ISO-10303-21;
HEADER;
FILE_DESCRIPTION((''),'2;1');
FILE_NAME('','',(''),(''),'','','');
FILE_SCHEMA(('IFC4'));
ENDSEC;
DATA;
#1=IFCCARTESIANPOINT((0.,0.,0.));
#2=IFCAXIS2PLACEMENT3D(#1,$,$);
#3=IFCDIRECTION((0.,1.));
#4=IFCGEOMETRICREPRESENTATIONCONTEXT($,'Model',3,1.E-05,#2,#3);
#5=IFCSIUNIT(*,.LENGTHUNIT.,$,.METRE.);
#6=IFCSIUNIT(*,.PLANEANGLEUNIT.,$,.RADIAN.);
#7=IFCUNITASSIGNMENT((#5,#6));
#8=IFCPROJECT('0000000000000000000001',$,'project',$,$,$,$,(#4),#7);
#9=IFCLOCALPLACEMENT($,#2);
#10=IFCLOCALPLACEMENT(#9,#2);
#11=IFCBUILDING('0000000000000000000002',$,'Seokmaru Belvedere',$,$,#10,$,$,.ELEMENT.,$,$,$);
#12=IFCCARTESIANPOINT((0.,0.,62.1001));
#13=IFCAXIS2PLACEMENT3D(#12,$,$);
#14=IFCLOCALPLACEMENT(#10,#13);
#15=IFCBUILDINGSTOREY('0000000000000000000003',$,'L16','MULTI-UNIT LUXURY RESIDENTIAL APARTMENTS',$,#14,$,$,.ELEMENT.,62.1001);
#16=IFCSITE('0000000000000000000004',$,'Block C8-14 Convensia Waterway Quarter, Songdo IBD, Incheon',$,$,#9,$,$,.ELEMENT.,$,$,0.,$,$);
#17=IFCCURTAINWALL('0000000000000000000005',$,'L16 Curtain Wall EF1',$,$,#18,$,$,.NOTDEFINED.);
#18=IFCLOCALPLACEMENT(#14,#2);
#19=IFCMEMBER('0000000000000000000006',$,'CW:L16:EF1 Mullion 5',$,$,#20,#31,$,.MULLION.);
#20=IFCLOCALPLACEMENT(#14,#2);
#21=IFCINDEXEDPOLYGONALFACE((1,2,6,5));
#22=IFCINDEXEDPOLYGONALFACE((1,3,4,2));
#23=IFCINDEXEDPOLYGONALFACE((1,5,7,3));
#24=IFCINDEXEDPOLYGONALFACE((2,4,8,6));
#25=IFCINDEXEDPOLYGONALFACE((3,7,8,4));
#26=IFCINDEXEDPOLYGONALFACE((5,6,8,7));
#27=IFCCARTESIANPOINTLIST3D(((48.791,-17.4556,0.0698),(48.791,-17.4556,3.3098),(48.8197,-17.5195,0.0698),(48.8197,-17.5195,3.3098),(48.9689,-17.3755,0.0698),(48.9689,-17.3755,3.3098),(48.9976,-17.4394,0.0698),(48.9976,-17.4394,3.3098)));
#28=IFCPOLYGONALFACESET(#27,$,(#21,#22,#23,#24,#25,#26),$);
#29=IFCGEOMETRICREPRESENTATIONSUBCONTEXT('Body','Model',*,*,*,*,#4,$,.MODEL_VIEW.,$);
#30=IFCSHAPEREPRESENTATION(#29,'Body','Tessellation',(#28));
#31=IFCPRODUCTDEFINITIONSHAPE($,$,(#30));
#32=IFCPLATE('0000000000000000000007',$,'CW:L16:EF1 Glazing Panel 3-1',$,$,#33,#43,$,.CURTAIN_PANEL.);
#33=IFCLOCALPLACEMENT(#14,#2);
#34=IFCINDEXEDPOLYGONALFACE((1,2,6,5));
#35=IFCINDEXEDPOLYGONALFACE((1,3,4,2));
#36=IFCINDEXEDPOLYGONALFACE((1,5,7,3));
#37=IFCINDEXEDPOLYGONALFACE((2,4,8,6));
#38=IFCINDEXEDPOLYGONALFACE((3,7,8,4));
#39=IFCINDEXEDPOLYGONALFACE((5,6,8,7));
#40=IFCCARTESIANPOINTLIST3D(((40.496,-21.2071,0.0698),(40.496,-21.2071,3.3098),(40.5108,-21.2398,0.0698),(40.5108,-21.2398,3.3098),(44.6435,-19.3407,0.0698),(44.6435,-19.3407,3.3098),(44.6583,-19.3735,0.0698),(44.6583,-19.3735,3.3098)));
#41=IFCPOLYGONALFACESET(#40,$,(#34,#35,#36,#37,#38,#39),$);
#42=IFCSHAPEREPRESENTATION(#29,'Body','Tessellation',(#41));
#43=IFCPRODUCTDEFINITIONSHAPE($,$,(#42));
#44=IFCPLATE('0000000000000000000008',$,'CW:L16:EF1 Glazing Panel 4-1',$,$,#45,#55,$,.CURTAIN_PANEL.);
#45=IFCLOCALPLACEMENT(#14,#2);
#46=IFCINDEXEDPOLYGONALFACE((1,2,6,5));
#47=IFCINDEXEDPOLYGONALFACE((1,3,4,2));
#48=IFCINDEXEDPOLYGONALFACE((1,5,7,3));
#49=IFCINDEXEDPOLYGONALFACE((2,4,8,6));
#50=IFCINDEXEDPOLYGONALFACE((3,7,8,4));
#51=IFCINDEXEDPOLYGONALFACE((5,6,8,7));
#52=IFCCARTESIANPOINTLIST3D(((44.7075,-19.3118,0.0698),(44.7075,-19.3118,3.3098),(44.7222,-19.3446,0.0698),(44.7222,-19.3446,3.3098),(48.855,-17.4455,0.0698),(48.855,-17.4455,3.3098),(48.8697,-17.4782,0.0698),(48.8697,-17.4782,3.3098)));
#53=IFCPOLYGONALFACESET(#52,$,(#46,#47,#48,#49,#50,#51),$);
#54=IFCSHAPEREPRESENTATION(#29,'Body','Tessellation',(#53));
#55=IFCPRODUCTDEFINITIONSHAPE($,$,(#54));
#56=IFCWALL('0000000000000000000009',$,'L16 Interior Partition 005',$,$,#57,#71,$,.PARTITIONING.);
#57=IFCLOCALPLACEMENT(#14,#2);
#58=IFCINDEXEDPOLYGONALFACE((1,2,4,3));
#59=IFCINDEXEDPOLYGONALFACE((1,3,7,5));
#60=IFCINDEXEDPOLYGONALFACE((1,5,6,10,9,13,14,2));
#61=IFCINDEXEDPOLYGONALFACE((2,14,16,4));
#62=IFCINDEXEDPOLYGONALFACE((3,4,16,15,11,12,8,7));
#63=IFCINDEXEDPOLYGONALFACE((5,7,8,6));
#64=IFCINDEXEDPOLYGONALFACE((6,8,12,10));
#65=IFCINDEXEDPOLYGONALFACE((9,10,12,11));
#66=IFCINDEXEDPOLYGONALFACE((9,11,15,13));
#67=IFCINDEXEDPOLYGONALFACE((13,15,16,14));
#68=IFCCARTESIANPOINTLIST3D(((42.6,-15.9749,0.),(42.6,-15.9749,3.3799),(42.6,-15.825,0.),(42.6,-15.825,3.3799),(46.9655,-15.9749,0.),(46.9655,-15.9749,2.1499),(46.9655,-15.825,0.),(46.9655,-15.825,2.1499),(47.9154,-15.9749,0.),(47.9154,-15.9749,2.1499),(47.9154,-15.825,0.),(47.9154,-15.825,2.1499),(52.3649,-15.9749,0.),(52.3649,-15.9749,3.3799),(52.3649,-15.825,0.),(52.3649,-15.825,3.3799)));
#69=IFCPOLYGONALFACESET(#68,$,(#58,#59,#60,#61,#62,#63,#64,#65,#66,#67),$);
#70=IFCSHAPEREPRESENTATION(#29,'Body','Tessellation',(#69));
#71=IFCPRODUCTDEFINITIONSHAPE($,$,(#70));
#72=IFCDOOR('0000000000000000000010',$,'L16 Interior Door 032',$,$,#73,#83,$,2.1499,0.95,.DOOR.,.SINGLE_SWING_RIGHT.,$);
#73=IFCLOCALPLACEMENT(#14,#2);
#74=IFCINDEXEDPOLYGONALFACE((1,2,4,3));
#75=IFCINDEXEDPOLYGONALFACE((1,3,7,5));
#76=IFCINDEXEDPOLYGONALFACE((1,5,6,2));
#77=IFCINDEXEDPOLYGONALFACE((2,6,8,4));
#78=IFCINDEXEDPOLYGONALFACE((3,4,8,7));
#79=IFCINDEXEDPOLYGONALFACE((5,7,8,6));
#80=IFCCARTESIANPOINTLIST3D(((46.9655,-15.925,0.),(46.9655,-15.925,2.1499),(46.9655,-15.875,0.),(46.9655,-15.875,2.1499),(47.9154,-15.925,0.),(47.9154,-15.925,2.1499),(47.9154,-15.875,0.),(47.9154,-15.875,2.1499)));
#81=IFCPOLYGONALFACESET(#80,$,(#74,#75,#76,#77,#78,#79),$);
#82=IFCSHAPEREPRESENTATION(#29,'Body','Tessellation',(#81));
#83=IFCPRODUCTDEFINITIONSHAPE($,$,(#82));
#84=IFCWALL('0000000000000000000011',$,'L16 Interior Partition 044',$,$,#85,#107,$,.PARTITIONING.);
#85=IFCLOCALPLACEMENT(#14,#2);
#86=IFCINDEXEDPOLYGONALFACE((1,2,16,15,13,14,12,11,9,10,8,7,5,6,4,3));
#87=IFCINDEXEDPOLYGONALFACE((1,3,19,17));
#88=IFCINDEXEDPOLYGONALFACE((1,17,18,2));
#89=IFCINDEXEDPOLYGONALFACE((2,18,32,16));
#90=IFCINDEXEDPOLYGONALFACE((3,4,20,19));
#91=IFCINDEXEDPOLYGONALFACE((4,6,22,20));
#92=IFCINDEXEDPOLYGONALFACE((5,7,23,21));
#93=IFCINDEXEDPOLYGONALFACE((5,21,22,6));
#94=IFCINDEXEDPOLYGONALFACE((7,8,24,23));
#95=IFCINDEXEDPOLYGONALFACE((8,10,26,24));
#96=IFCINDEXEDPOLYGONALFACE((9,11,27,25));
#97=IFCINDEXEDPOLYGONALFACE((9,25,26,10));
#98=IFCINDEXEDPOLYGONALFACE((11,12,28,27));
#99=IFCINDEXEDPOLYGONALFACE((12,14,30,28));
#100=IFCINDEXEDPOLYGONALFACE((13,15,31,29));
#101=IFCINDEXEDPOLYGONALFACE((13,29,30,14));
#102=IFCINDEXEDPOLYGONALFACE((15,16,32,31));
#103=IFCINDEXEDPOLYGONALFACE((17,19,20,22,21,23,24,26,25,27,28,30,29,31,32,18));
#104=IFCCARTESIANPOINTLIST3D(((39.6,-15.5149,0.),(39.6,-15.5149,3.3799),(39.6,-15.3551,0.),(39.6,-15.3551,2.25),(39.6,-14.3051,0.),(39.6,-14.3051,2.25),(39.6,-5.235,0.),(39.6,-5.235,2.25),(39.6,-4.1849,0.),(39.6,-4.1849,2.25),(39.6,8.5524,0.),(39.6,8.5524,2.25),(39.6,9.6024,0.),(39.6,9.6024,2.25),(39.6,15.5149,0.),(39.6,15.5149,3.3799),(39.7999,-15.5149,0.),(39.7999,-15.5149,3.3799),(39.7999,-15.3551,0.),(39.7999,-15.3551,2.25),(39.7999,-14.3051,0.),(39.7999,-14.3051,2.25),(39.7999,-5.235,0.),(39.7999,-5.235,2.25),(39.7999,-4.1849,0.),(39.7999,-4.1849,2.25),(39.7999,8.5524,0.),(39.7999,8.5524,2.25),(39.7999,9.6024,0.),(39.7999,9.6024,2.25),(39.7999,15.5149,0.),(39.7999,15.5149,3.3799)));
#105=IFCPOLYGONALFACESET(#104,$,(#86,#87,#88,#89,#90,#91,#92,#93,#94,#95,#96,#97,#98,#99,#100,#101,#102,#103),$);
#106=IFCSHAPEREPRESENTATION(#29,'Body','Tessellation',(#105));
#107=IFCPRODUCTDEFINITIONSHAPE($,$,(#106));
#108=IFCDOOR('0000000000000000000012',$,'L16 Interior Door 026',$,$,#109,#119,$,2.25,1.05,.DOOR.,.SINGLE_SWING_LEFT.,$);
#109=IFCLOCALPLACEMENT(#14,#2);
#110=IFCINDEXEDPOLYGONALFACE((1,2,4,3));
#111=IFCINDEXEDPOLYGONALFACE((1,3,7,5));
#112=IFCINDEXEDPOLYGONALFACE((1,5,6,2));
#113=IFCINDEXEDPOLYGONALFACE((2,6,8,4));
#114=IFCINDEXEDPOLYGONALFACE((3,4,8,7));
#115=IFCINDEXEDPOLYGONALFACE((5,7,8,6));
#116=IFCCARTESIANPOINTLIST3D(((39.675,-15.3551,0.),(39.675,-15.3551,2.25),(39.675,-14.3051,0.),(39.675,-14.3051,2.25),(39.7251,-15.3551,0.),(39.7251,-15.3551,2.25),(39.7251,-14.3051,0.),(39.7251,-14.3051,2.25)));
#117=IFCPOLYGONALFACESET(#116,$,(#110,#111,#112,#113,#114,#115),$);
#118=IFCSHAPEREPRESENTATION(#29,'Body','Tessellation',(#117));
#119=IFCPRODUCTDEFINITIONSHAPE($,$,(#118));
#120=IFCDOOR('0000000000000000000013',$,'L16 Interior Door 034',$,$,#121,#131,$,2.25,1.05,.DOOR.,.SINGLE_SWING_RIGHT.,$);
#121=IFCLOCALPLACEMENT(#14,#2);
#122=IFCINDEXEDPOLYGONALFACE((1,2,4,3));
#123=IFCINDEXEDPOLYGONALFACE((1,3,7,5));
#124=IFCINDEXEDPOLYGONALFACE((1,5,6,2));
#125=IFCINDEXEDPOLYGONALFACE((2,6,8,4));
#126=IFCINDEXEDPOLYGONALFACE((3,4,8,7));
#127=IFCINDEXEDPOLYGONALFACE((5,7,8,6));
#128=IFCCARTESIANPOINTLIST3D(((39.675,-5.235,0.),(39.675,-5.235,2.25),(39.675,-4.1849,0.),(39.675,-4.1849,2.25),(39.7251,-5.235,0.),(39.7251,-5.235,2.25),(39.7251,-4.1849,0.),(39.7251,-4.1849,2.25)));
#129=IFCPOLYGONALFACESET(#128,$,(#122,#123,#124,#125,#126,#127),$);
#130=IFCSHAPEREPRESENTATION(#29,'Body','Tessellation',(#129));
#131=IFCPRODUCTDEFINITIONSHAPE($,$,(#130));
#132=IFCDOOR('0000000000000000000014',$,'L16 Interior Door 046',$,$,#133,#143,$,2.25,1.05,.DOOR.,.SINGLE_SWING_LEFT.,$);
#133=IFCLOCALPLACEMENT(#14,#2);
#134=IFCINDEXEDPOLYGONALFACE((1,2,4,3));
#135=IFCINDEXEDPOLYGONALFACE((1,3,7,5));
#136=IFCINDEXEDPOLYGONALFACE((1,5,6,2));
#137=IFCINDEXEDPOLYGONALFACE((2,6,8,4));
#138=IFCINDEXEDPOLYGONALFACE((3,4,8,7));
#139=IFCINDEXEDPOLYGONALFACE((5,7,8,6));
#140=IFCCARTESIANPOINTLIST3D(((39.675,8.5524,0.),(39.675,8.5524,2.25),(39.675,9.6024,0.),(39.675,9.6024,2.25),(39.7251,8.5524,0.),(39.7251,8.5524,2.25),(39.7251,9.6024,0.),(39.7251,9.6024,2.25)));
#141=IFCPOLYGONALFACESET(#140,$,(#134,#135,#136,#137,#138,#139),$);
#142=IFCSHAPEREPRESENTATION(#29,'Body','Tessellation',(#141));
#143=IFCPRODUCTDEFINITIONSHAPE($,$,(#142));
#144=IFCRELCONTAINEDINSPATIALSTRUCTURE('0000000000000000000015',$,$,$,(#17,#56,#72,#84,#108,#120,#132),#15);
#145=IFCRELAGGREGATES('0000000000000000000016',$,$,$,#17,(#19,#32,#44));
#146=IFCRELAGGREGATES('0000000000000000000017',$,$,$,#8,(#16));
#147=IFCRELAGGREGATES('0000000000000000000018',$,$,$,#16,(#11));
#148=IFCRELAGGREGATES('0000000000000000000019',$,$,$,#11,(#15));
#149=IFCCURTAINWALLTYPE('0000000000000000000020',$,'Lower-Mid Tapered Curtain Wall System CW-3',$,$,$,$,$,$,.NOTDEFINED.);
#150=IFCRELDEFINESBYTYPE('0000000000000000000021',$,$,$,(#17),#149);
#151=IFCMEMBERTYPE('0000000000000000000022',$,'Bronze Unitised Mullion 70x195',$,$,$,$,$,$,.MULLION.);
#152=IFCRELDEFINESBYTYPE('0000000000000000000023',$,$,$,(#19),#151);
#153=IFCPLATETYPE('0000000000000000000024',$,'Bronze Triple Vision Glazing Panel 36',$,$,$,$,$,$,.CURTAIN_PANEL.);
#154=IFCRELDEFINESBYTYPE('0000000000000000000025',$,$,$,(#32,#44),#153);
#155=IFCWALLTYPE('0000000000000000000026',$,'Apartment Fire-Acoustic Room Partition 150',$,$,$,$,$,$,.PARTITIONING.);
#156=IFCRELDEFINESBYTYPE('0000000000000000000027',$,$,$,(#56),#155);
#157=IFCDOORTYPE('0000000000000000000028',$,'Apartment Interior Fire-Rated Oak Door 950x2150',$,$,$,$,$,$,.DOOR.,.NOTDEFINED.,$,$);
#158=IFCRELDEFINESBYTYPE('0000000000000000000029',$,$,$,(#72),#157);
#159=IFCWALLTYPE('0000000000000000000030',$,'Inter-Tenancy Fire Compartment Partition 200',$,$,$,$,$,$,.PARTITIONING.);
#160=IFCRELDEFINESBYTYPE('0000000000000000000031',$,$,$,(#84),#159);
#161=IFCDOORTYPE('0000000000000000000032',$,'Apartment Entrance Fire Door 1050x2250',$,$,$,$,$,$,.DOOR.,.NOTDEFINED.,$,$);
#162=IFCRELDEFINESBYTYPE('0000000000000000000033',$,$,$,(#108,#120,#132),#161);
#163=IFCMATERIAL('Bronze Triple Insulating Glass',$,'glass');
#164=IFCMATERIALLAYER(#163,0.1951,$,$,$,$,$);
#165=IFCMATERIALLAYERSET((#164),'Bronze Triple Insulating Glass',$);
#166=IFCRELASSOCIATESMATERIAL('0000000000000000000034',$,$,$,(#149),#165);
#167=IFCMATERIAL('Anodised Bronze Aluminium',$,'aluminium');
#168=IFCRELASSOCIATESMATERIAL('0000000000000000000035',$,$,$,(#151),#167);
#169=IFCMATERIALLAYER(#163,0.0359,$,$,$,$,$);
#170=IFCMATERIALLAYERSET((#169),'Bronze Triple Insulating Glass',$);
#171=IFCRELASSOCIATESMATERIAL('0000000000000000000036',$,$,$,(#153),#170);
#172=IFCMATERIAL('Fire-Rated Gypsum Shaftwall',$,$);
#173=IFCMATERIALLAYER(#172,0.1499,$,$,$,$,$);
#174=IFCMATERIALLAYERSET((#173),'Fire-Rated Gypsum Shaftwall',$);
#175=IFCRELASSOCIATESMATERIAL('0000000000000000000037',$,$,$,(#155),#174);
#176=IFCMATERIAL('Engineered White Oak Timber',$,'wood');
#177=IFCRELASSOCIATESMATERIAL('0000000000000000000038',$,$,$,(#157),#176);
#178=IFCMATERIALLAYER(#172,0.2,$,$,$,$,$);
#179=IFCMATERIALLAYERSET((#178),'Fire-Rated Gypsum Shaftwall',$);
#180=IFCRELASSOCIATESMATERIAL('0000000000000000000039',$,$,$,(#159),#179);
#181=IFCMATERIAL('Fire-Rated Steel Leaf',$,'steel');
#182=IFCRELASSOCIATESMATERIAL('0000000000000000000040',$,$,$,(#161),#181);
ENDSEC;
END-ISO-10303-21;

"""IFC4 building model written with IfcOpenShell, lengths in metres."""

from ifc_helpers import new_model, si_unit, direction, frame, frame_2d, origin, origin_2d, place, context, subcontext, project, spatial, rectangle, extrude, source, transform, mapped, material, layer, layer_set, material_profile, profile_set, type_object, type_shapes, element, fill, aggregate, save


model = new_model("IFC4")

# Units and contexts
model_context = context("Model", 3, precision=1e-05, world=origin(), true_north=direction((0.0, 1.0)))
body_context = subcontext(model_context, "Body", "Model", "MODEL_VIEW")
ifc_project = project(units=[si_unit("LENGTHUNIT", "METRE"), si_unit("PLANEANGLEUNIT", "RADIAN")], contexts=[model_context])

# Site, building, storey
site_placement = place(None, origin())
site = spatial("IfcSite", under=ifc_project, at=site_placement, Name="Block C8-14 Convensia Waterway Quarter, Songdo IBD, Incheon", CompositionType="ELEMENT", RefElevation=0.0)
building_placement = place(site_placement, origin())
building = spatial("IfcBuilding", under=site, at=building_placement, Name="Seokmaru Belvedere", CompositionType="ELEMENT")
storey_placement = place(building_placement, frame((0.0, 0.0, 62.1001)))
storey = spatial("IfcBuildingStorey", under=building, at=storey_placement, Name="L16", Description="MULTI-UNIT LUXURY RESIDENTIAL APARTMENTS", CompositionType="ELEMENT", Elevation=62.1001)

# Curtain wall, member, plates
ifc_material_1 = material(Name="Bronze Triple Insulating Glass", Category="glass")
ifc_layer_1 = layer(ifc_material_1, 0.1951)
ifc_layer_set_1 = layer_set([ifc_layer_1], Name="Bronze Triple Insulating Glass")
curtain_wall_type = type_object("IfcCurtainWallType", Name="Lower-Mid Tapered Curtain Wall System CW-3", PredefinedType="NOTDEFINED", material=ifc_layer_set_1)
curtain_wall_placement = place(storey_placement, origin())
curtain_wall = element("IfcCurtainWall", 1, at=curtain_wall_placement, inside=storey, type_object=curtain_wall_type, Name="L16 Curtain Wall EF1", PredefinedType="NOTDEFINED")
ifc_material_2 = material(Name="Anodised Bronze Aluminium", Category="aluminium")
ifc_material_profile_1 = material_profile(ifc_material_2, rectangle(XDim=0.0701, YDim=0.1951, at=origin_2d()), Name="CW-M-70x195")
ifc_profile_set_1 = profile_set([ifc_material_profile_1], Name="Anodised Bronze Aluminium")
member_type = type_object("IfcMemberType", Name="Bronze Unitised Mullion 70x195", PredefinedType="MULLION", material=ifc_profile_set_1)
shared_shape_1 = source(origin(), body_context, "Body", "SweptSolid", [
    extrude(rectangle(XDim=0.0701, YDim=0.1951, at=origin_2d()), origin(), (0.0, 0.0, 1.0), 3.24),
])
type_shapes(member_type, [shared_shape_1])
member_1_placement = place(storey_placement, frame((48.8943, -17.4475, 0.0698), z_axis=(0.0, 0.0, 1.0), x_axis=(-0.410366, 0.911921, 0.0)))
member_1 = element("IfcMember", 2, at=member_1_placement, type_object=member_type, Name="CW:L16:EF1 Mullion 5", PredefinedType="MULLION", context=body_context, shape_type="MappedRepresentation", body=[
    mapped(shared_shape_1, transform((0.0, 0.0, 0.0), scale=1.0)),
])
ifc_layer_2 = layer(ifc_material_1, 0.0359)
ifc_layer_set_2 = layer_set([ifc_layer_2], Name="Bronze Triple Insulating Glass")
plate_type = type_object("IfcPlateType", Name="Bronze Triple Vision Glazing Panel 36", PredefinedType="CURTAIN_PANEL", material=ifc_layer_set_2)
shared_shape_2 = source(origin(), body_context, "Body", "SweptSolid", [
    extrude(rectangle(XDim=4.5481, YDim=0.0359, at=origin_2d()), origin(), (0.0, 0.0, 1.0), 3.24),
])
type_shapes(plate_type, [shared_shape_2])
plate_1_placement = place(storey_placement, frame((42.5771, -20.2903, 0.0698), z_axis=(0.0, 0.0, 1.0), x_axis=(0.911921, 0.410366, 0.0)))
plate_1 = element("IfcPlate", 3, at=plate_1_placement, type_object=plate_type, Name="CW:L16:EF1 Glazing Panel 3-1", PredefinedType="CURTAIN_PANEL", context=body_context, shape_type="MappedRepresentation", body=[
    mapped(shared_shape_2, transform((0.0, 0.0, 0.0), scale=1.0)),
])
plate_2_placement = place(storey_placement, frame((46.7886, -18.395, 0.0698), z_axis=(0.0, 0.0, 1.0), x_axis=(0.911921, 0.410366, 0.0)))
plate_2 = element("IfcPlate", 4, at=plate_2_placement, type_object=plate_type, Name="CW:L16:EF1 Glazing Panel 4-1", PredefinedType="CURTAIN_PANEL", context=body_context, shape_type="MappedRepresentation", body=[
    mapped(shared_shape_2, transform((0.0, 0.0, 0.0), scale=1.0)),
])
aggregate(curtain_wall, [member_1, plate_1, plate_2])

# Wall, opening, door
ifc_material_3 = material(Name="Fire-Rated Gypsum Shaftwall")
ifc_layer_3 = layer(ifc_material_3, 0.1499)
ifc_layer_set_3 = layer_set([ifc_layer_3], Name="Fire-Rated Gypsum Shaftwall")
wall_type_1 = type_object("IfcWallType", Name="Apartment Fire-Acoustic Room Partition 150", PredefinedType="PARTITIONING", material=ifc_layer_set_3)
wall_1_placement = place(storey_placement, frame((42.6001, -15.8999, 0.0), z_axis=(0.0, 0.0, 1.0), x_axis=(1.0, 0.0, 0.0)))
wall_1 = element("IfcWall", 5, at=wall_1_placement, inside=storey, type_object=wall_type_1, Name="L16 Interior Partition 005", PredefinedType="PARTITIONING", context=body_context, shape_type="SweptSolid", body=[
    extrude(rectangle(XDim=9.7649, YDim=0.1499, at=frame_2d((4.8823, 0.0))), origin(), (0.0, 0.0, 1.0), 3.3799),
])
opening_1_placement = place(wall_1_placement, frame((4.3652, 0.0, 0.0)))
opening_1 = element("IfcOpeningElement", 6, at=opening_1_placement, cuts=wall_1, PredefinedType="OPENING", context=body_context, shape_type="SweptSolid", body=[
    extrude(rectangle(XDim=0.95, YDim=2.1499, at=frame_2d((0.4751, 1.075))), frame((0.0, 0.085, 0.0), z_axis=(0.0, -1.0, 0.0), x_axis=(1.0, 0.0, 0.0)), (0.0, 0.0, 1.0), 0.1699),
])
ifc_material_4 = material(Name="Engineered White Oak Timber", Category="wood")
door_type_1 = type_object("IfcDoorType", Name="Apartment Interior Fire-Rated Oak Door 950x2150", OperationType="NOTDEFINED", PredefinedType="DOOR", material=ifc_material_4)
shared_shape_3 = source(origin(), body_context, "Body", "SweptSolid", [
    extrude(rectangle(XDim=0.95, YDim=2.1499, at=frame_2d((0.4751, 1.075))), frame((0.0, 0.0249, 0.0), z_axis=(0.0, -1.0, 0.0), x_axis=(1.0, 0.0, 0.0)), (0.0, 0.0, 1.0), 0.05),
])
type_shapes(door_type_1, [shared_shape_3])
door_1_placement = place(opening_1_placement, origin())
door_1 = element("IfcDoor", 7, at=door_1_placement, inside=storey, type_object=door_type_1, Name="L16 Interior Door 032", OperationType="SINGLE_SWING_RIGHT", OverallHeight=2.1499, OverallWidth=0.95, PredefinedType="DOOR", context=body_context, shape_type="MappedRepresentation", body=[
    mapped(shared_shape_3, transform((0.0, 0.0, 0.0), scale=1.0)),
])
fill(opening_1, door_1)

# Wall, openings, doors
ifc_layer_4 = layer(ifc_material_3, 0.2)
ifc_layer_set_4 = layer_set([ifc_layer_4], Name="Fire-Rated Gypsum Shaftwall")
wall_type_2 = type_object("IfcWallType", Name="Inter-Tenancy Fire Compartment Partition 200", PredefinedType="PARTITIONING", material=ifc_layer_set_4)
wall_2_placement = place(storey_placement, frame((39.7, -15.5149, 0.0), z_axis=(0.0, 0.0, 1.0), x_axis=(0.0, 1.0, 0.0)))
wall_2 = element("IfcWall", 8, at=wall_2_placement, inside=storey, type_object=wall_type_2, Name="L16 Interior Partition 044", PredefinedType="PARTITIONING", context=body_context, shape_type="SweptSolid", body=[
    extrude(rectangle(XDim=31.0298, YDim=0.2, at=frame_2d((15.5149, 0.0))), origin(), (0.0, 0.0, 1.0), 3.3799),
])
opening_2_placement = place(wall_2_placement, frame((0.1599, 0.0, 0.0)))
opening_2 = element("IfcOpeningElement", 9, at=opening_2_placement, cuts=wall_2, PredefinedType="OPENING", context=body_context, shape_type="SweptSolid", body=[
    extrude(rectangle(XDim=1.05, YDim=2.25, at=frame_2d((0.5249, 1.125))), frame((0.0, 0.1099, 0.0), z_axis=(0.0, -1.0, 0.0), x_axis=(1.0, 0.0, 0.0)), (0.0, 0.0, 1.0), 0.22),
])
opening_3_placement = place(wall_2_placement, frame((10.28, 0.0, 0.0)))
opening_3 = element("IfcOpeningElement", 10, at=opening_3_placement, cuts=wall_2, PredefinedType="OPENING", context=body_context, shape_type="SweptSolid", body=[
    extrude(rectangle(XDim=1.05, YDim=2.25, at=frame_2d((0.5249, 1.125))), frame((0.0, 0.1099, 0.0), z_axis=(0.0, -1.0, 0.0), x_axis=(1.0, 0.0, 0.0)), (0.0, 0.0, 1.0), 0.22),
])
opening_4_placement = place(wall_2_placement, frame((24.0674, 0.0, 0.0)))
opening_4 = element("IfcOpeningElement", 11, at=opening_4_placement, cuts=wall_2, PredefinedType="OPENING", context=body_context, shape_type="SweptSolid", body=[
    extrude(rectangle(XDim=1.05, YDim=2.25, at=frame_2d((0.5249, 1.125))), frame((0.0, 0.1099, 0.0), z_axis=(0.0, -1.0, 0.0), x_axis=(1.0, 0.0, 0.0)), (0.0, 0.0, 1.0), 0.22),
])
ifc_material_5 = material(Name="Fire-Rated Steel Leaf", Category="steel")
door_type_2 = type_object("IfcDoorType", Name="Apartment Entrance Fire Door 1050x2250", OperationType="NOTDEFINED", PredefinedType="DOOR", material=ifc_material_5)
shared_shape_4 = source(origin(), body_context, "Body", "SweptSolid", [
    extrude(rectangle(XDim=1.05, YDim=2.25, at=frame_2d((0.5249, 1.125))), frame((0.0, 0.0249, 0.0), z_axis=(0.0, -1.0, 0.0), x_axis=(1.0, 0.0, 0.0)), (0.0, 0.0, 1.0), 0.05),
])
type_shapes(door_type_2, [shared_shape_4])
door_2_placement = place(opening_2_placement, origin())
door_2 = element("IfcDoor", 12, at=door_2_placement, inside=storey, type_object=door_type_2, Name="L16 Interior Door 026", OperationType="SINGLE_SWING_LEFT", OverallHeight=2.25, OverallWidth=1.05, PredefinedType="DOOR", context=body_context, shape_type="MappedRepresentation", body=[
    mapped(shared_shape_4, transform((0.0, 0.0, 0.0), scale=1.0)),
])
fill(opening_2, door_2)
door_3_placement = place(opening_3_placement, origin())
door_3 = element("IfcDoor", 13, at=door_3_placement, inside=storey, type_object=door_type_2, Name="L16 Interior Door 034", OperationType="SINGLE_SWING_RIGHT", OverallHeight=2.25, OverallWidth=1.05, PredefinedType="DOOR", context=body_context, shape_type="MappedRepresentation", body=[
    mapped(shared_shape_4, transform((0.0, 0.0, 0.0), scale=1.0)),
])
fill(opening_3, door_3)
door_4_placement = place(opening_4_placement, origin())
door_4 = element("IfcDoor", 14, at=door_4_placement, inside=storey, type_object=door_type_2, Name="L16 Interior Door 046", OperationType="SINGLE_SWING_LEFT", OverallHeight=2.25, OverallWidth=1.05, PredefinedType="DOOR", context=body_context, shape_type="MappedRepresentation", body=[
    mapped(shared_shape_4, transform((0.0, 0.0, 0.0), scale=1.0)),
])
fill(opening_4, door_4)

save(model, "model.ifc")
